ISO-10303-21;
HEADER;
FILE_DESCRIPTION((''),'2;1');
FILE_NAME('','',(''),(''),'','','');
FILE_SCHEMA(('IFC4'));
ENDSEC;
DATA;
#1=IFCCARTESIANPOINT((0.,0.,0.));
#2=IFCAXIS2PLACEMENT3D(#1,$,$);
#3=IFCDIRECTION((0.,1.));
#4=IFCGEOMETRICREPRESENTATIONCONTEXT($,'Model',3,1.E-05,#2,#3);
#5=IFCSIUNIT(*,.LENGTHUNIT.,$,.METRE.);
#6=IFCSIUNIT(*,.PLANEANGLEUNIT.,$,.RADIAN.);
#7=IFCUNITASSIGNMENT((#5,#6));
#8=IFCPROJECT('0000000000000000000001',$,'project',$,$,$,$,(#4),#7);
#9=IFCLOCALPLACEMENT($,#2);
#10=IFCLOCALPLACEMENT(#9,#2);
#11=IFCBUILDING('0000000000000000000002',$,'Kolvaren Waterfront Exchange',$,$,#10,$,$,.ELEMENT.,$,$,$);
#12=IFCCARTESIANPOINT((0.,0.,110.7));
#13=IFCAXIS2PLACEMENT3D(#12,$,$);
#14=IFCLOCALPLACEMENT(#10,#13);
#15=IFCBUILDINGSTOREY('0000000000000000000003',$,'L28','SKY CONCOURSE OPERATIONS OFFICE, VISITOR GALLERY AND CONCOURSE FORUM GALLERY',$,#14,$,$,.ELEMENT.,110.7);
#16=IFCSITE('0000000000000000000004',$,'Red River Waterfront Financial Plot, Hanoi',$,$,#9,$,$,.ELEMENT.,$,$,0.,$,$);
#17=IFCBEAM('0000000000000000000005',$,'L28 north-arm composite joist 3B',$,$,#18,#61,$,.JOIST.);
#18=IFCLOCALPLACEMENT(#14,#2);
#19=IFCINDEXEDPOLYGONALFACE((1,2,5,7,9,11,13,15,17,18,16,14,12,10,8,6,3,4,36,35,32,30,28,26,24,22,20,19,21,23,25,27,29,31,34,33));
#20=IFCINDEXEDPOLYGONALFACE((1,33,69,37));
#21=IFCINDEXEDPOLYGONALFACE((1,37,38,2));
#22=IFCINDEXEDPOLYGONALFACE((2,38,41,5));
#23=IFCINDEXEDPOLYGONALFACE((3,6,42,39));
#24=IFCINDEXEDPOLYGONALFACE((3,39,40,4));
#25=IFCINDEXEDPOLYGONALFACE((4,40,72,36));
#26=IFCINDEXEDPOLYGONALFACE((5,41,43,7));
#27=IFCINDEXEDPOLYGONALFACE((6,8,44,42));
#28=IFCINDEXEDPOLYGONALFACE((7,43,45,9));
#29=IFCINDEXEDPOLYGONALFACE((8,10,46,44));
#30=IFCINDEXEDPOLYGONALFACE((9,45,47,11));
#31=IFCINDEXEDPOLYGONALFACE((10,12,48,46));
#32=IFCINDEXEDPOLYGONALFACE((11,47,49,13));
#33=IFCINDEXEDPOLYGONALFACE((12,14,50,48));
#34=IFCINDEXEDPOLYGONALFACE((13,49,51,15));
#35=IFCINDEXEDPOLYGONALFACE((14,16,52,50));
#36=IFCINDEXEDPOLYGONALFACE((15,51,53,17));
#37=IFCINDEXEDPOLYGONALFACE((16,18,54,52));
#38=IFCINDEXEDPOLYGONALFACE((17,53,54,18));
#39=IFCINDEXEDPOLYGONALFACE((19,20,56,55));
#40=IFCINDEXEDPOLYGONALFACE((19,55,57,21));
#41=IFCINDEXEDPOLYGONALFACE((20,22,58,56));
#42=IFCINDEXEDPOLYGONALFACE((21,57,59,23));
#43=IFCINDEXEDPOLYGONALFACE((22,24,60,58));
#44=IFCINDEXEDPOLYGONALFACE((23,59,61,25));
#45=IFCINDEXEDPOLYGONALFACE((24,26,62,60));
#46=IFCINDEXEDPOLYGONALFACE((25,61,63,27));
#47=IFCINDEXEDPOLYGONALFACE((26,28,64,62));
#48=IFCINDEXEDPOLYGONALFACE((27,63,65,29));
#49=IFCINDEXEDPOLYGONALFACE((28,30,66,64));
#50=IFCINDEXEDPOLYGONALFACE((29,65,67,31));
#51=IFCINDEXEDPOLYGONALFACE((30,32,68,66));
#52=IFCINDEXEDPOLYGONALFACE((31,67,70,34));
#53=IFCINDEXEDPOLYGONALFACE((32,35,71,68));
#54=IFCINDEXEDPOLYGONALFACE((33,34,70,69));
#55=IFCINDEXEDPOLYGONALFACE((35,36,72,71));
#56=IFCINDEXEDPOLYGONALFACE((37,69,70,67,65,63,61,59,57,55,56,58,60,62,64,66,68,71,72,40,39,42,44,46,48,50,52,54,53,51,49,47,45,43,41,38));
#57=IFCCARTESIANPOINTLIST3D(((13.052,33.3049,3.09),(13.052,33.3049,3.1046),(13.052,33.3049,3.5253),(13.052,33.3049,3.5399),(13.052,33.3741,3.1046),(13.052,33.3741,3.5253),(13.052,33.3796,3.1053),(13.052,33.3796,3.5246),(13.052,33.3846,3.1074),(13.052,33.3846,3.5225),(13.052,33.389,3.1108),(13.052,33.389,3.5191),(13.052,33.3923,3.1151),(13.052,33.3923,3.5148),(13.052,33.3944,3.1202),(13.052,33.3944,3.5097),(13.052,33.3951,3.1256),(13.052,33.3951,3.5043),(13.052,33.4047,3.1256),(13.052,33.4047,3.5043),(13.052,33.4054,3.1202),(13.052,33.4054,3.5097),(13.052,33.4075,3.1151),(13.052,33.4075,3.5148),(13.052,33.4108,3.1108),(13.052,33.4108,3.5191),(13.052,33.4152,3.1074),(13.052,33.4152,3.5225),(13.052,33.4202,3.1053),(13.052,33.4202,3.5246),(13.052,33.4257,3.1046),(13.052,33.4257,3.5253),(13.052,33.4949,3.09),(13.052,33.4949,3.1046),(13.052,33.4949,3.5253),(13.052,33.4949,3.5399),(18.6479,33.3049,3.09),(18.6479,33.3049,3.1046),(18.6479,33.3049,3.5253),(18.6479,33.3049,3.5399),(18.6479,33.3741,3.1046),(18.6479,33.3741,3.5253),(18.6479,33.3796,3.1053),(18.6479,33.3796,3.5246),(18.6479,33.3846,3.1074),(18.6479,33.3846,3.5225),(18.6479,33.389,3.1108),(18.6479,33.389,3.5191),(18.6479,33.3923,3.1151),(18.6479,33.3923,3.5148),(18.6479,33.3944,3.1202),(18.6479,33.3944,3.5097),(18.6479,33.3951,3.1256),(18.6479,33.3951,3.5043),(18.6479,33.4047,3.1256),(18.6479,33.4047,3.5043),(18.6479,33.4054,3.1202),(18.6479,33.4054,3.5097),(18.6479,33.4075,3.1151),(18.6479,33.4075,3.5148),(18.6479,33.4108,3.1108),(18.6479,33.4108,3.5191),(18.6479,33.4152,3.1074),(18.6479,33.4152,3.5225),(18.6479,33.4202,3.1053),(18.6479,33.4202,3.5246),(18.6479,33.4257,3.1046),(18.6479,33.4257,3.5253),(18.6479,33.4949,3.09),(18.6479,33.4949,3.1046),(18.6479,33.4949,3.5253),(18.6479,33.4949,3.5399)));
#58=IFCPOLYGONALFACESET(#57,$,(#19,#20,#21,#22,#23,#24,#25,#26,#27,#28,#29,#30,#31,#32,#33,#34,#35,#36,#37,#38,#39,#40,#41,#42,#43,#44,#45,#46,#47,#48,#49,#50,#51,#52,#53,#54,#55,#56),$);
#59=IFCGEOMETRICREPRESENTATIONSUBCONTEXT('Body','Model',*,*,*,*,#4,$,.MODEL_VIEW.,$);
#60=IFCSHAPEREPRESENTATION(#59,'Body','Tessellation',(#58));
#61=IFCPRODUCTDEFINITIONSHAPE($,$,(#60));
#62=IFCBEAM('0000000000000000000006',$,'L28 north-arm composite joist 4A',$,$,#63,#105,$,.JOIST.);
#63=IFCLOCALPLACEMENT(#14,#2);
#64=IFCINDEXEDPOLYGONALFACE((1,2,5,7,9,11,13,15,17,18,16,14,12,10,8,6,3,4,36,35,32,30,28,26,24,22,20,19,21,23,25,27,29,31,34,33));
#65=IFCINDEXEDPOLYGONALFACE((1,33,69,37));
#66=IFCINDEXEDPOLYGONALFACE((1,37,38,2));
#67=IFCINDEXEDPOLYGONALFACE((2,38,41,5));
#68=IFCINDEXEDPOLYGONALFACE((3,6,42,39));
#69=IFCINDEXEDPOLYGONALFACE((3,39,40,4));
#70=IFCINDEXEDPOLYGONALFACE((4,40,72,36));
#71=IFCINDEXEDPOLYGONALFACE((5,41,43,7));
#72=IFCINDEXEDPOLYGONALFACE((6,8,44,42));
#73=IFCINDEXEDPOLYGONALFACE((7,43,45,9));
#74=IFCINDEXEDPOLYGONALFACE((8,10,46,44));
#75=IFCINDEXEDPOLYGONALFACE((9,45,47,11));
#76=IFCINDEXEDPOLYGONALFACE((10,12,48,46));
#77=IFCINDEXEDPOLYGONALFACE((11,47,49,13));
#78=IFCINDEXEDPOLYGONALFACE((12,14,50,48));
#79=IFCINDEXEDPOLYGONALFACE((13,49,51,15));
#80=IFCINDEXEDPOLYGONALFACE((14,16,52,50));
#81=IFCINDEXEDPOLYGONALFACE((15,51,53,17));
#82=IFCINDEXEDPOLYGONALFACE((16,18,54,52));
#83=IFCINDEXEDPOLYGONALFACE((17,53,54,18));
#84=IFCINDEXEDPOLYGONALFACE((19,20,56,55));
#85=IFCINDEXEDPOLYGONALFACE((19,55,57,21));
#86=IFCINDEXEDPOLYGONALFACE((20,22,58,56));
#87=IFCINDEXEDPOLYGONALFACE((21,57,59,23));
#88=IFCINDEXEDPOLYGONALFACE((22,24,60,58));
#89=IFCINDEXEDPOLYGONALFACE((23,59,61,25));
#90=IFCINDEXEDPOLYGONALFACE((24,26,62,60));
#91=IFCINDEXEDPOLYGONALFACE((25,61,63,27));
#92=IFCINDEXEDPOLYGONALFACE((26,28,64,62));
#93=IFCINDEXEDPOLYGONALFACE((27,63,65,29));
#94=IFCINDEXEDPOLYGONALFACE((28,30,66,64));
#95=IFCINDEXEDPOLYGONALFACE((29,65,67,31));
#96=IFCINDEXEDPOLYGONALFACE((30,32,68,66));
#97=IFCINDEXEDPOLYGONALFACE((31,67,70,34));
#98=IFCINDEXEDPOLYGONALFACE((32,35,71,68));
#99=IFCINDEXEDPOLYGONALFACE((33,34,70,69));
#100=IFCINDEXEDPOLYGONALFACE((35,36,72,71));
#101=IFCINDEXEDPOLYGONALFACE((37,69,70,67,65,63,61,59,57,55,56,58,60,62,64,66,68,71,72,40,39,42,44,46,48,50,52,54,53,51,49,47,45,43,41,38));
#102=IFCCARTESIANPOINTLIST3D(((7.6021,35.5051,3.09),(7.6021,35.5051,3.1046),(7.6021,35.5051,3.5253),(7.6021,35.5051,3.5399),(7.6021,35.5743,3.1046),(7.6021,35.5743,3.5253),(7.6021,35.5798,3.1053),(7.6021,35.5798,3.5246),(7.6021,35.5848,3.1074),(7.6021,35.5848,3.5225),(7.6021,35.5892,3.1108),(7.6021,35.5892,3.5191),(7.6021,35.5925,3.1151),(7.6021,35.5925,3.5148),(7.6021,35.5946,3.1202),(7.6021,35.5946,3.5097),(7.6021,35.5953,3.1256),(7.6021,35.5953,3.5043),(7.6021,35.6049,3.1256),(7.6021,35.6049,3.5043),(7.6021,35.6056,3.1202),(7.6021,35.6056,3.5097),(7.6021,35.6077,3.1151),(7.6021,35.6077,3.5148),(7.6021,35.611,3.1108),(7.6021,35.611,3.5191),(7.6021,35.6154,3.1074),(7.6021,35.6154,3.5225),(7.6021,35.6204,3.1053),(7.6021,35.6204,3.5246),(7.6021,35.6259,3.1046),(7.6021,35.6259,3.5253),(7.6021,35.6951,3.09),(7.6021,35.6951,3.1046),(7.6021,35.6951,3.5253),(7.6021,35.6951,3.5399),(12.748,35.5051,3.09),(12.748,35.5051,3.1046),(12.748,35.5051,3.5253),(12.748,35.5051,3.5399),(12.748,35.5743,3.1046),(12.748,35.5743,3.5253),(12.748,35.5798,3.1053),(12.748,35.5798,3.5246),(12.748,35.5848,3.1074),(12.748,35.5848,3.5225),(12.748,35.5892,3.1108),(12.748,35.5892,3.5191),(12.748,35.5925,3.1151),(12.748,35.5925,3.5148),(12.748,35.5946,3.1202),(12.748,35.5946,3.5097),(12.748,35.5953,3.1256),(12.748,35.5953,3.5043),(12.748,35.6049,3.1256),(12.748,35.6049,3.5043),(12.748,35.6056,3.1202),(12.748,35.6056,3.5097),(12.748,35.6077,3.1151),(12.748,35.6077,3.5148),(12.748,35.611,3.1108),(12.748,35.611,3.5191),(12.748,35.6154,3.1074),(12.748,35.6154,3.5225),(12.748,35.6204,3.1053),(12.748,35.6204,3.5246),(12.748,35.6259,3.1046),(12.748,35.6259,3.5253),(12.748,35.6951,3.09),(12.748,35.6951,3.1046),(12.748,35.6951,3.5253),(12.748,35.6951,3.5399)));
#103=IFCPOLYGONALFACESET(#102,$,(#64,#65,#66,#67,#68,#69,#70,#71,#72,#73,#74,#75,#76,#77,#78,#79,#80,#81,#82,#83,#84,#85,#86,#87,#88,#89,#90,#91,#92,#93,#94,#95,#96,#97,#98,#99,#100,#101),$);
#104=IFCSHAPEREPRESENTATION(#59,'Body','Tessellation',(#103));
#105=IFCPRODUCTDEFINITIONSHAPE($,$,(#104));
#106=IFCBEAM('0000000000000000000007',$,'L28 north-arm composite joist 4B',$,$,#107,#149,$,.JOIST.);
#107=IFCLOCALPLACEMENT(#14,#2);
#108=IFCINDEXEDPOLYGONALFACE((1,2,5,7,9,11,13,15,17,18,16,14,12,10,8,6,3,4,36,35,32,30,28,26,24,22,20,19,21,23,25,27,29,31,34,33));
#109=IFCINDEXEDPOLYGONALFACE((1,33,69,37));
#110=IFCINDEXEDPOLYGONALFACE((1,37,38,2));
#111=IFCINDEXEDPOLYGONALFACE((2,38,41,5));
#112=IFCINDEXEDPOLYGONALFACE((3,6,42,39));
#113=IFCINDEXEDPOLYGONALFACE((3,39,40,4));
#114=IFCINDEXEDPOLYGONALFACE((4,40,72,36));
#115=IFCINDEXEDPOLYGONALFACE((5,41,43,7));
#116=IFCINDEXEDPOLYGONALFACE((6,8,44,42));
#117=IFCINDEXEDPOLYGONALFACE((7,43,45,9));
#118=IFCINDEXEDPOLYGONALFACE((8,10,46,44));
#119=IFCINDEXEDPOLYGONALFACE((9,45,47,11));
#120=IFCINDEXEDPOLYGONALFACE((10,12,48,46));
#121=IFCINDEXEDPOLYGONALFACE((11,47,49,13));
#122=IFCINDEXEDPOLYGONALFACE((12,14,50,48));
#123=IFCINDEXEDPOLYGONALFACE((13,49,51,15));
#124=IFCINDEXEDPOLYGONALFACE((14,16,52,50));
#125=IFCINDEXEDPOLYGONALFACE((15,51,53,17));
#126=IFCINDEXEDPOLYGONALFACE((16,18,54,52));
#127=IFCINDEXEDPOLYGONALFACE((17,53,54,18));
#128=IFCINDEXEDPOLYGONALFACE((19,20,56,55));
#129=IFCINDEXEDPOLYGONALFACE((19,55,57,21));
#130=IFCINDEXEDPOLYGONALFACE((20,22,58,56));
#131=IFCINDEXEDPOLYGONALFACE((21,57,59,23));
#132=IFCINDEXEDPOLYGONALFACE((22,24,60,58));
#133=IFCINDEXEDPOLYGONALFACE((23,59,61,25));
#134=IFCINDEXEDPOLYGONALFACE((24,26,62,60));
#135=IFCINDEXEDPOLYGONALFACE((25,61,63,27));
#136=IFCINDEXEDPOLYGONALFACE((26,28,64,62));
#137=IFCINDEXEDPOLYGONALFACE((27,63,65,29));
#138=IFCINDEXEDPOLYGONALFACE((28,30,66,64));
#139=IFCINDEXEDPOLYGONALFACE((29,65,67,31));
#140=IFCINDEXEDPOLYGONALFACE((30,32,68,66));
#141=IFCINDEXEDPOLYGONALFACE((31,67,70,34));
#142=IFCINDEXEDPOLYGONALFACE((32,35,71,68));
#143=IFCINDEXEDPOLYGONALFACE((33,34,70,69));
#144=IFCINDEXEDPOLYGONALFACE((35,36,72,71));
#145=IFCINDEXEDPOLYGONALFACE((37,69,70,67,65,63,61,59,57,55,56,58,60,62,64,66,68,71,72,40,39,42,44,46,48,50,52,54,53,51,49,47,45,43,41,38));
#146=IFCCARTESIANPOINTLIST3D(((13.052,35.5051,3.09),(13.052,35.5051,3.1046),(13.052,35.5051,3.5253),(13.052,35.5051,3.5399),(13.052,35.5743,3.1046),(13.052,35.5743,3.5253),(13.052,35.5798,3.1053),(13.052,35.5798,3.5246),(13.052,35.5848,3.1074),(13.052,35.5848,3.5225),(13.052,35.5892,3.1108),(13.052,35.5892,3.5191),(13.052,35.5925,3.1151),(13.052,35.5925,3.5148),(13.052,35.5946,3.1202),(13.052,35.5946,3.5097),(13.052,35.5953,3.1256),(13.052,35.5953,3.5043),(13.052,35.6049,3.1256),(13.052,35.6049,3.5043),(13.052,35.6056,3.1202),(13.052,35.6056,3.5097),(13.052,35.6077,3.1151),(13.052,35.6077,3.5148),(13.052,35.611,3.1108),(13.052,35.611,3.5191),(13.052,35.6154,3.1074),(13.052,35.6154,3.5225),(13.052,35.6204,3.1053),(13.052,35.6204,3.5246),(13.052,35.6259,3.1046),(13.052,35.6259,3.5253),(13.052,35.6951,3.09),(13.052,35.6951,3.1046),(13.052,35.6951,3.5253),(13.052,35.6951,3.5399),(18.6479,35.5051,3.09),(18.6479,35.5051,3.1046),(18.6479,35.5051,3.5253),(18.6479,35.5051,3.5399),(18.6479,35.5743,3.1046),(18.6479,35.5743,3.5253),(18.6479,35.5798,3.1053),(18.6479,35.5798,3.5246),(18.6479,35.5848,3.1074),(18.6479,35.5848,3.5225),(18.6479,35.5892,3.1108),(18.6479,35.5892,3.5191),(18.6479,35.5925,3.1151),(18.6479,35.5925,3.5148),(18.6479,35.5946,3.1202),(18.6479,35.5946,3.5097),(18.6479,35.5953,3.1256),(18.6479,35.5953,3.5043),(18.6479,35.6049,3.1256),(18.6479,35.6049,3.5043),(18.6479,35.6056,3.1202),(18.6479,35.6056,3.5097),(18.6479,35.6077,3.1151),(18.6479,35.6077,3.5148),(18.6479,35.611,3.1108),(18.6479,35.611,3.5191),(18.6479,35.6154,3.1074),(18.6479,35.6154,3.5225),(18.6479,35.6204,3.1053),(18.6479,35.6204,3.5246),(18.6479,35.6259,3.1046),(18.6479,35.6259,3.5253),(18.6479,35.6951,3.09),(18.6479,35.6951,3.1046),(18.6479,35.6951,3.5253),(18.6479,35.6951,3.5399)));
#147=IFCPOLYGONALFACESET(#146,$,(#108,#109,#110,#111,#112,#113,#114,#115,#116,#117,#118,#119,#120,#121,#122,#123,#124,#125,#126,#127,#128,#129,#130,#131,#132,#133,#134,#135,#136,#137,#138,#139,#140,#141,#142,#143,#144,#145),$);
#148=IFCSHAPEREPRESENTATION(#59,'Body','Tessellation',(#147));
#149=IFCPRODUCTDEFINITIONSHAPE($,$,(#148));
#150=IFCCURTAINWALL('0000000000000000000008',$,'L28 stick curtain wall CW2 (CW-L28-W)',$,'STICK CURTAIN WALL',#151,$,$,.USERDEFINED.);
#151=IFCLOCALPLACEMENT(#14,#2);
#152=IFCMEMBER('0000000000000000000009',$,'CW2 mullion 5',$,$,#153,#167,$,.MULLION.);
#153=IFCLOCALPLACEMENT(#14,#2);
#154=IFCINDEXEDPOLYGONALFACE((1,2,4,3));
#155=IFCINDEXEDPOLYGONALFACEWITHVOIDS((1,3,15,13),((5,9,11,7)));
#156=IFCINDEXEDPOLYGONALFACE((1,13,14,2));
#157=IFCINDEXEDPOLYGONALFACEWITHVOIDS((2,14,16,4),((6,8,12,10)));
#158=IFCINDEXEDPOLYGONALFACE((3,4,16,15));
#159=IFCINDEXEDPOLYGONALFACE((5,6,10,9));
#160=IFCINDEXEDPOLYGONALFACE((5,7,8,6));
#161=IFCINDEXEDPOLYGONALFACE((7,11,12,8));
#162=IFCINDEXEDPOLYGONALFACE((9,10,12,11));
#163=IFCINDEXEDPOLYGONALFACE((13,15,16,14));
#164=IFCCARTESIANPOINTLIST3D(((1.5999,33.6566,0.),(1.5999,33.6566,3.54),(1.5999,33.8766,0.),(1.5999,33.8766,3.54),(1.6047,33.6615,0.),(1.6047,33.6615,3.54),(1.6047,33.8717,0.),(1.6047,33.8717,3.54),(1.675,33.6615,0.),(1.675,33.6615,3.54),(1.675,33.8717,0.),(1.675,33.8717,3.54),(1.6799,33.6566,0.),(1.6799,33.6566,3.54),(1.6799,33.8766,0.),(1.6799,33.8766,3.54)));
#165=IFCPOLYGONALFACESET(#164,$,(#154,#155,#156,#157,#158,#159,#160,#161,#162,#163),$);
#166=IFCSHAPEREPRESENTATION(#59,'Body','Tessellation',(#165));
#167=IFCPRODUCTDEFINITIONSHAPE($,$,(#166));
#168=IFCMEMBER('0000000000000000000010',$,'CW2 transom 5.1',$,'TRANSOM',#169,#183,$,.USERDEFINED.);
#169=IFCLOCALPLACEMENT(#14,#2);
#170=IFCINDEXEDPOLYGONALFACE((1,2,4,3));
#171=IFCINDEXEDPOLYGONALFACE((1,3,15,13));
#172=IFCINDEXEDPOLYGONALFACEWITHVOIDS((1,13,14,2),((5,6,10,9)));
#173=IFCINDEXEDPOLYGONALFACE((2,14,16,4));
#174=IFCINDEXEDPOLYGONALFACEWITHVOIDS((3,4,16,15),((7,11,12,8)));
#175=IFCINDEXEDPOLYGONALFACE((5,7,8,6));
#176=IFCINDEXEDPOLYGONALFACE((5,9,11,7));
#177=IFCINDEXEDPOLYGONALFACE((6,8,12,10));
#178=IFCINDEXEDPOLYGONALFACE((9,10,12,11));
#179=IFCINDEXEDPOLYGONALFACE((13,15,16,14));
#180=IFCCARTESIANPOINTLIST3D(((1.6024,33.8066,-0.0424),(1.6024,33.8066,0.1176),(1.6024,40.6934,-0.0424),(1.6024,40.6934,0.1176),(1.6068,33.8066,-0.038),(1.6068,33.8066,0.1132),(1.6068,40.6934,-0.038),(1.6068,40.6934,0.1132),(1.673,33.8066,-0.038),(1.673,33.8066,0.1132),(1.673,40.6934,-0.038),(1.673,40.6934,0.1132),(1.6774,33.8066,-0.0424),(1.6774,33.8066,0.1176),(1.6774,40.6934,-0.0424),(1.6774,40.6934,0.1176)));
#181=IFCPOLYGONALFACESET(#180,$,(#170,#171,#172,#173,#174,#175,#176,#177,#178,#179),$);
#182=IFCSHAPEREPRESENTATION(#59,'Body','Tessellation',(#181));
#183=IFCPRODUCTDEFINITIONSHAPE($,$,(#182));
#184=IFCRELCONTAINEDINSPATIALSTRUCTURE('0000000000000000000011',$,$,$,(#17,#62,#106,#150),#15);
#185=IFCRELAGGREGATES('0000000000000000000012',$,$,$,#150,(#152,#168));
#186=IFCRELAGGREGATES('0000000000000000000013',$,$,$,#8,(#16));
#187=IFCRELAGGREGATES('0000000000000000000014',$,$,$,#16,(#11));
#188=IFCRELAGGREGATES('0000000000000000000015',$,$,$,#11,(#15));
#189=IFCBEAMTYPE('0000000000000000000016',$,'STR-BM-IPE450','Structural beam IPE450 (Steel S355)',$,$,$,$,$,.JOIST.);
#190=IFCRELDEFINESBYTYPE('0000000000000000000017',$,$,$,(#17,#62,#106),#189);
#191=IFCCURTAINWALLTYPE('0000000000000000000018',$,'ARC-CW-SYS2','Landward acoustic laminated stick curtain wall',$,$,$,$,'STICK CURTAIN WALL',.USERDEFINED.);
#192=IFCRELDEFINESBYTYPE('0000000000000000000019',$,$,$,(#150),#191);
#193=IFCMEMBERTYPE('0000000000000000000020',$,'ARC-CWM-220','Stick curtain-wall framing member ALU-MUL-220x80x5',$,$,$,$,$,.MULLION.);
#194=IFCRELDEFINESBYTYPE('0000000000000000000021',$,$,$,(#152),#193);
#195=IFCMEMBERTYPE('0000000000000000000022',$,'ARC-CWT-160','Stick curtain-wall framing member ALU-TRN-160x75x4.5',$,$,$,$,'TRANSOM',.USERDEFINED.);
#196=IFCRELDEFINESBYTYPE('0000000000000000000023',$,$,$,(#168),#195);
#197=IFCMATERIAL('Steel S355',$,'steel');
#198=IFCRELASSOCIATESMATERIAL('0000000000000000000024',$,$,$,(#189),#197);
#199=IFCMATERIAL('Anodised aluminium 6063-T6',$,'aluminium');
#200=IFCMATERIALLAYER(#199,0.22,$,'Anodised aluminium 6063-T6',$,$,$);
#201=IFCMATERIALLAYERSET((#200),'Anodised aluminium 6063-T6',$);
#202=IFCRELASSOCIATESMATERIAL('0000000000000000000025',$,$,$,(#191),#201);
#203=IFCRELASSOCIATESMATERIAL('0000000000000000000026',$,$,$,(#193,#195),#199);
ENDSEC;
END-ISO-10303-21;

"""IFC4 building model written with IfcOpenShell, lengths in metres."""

from ifc_helpers import new_model, si_unit, direction, frame, origin, origin_with_axes, origin_2d, place, context, subcontext, project, spatial, hollow_rectangle, i_section, extrude, source, transform, mapped, material, layer, layer_set, material_profile, profile_set, type_object, element, aggregate, save


model = new_model("IFC4")

# Units and contexts
model_context = context("Model", 3, precision=1e-05, world=origin(), true_north=direction((0.0, 1.0)))
body_context = subcontext(model_context, "Body", "Model", "MODEL_VIEW")
ifc_project = project(units=[si_unit("LENGTHUNIT", "METRE"), si_unit("PLANEANGLEUNIT", "RADIAN")], contexts=[model_context])

# Site, building, storey
site_placement = place(None, origin())
site = spatial("IfcSite", under=ifc_project, at=site_placement, Name="Red River Waterfront Financial Plot, Hanoi", CompositionType="ELEMENT", RefElevation=0.0)
building_placement = place(site_placement, origin())
building = spatial("IfcBuilding", under=site, at=building_placement, Name="Kolvaren Waterfront Exchange", CompositionType="ELEMENT")
storey_placement = place(building_placement, frame((0.0, 0.0, 110.7)))
storey = spatial("IfcBuildingStorey", under=building, at=storey_placement, Name="L28", Description="SKY CONCOURSE OPERATIONS OFFICE, VISITOR GALLERY AND CONCOURSE FORUM GALLERY", CompositionType="ELEMENT", Elevation=110.7)

# Beams
ifc_material_1 = material(Name="Steel S355", Category="steel")
ifc_material_profile_1 = material_profile(ifc_material_1, i_section(OverallWidth=0.1899, OverallDepth=0.45, WebThickness=0.0095, FlangeThickness=0.0146, FilletRadius=0.021, at=origin_2d()), Name="IPE450")
ifc_profile_set_1 = profile_set([ifc_material_profile_1], Name="Steel S355")
beam_type_1 = type_object("IfcBeamType", Name="STR-BM-IPE450", Description="Structural beam IPE450 (Steel S355)", PredefinedType="JOIST", material=ifc_profile_set_1)
beam_1_placement = place(storey_placement, frame((13.052, 33.3999, 3.3149), z_axis=(1.0, 0.0, 0.0), x_axis=(0.0, 1.0, 0.0)))
element("IfcBeam", 1, at=beam_1_placement, inside=storey, type_object=beam_type_1, Name="L28 north-arm composite joist 3B", PredefinedType="JOIST", context=body_context, shape_type="SweptSolid", body=[
    extrude(i_section(OverallWidth=0.1899, OverallDepth=0.45, WebThickness=0.0095, FlangeThickness=0.0146, FilletRadius=0.021, at=origin_2d()), origin(), (0.0, 0.0, 1.0), 5.5959),
])
beam_2_placement = place(storey_placement, frame((7.6021, 35.6001, 3.3149), z_axis=(1.0, 0.0, 0.0), x_axis=(0.0, 1.0, 0.0)))
element("IfcBeam", 2, at=beam_2_placement, inside=storey, type_object=beam_type_1, Name="L28 north-arm composite joist 4A", PredefinedType="JOIST", context=body_context, shape_type="SweptSolid", body=[
    extrude(i_section(OverallWidth=0.1899, OverallDepth=0.45, WebThickness=0.0095, FlangeThickness=0.0146, FilletRadius=0.021, at=origin_2d()), origin(), (0.0, 0.0, 1.0), 5.146),
])
beam_3_placement = place(storey_placement, frame((13.052, 35.6001, 3.3149), z_axis=(1.0, 0.0, 0.0), x_axis=(0.0, 1.0, 0.0)))
element("IfcBeam", 3, at=beam_3_placement, inside=storey, type_object=beam_type_1, Name="L28 north-arm composite joist 4B", PredefinedType="JOIST", context=body_context, shape_type="SweptSolid", body=[
    extrude(i_section(OverallWidth=0.1899, OverallDepth=0.45, WebThickness=0.0095, FlangeThickness=0.0146, FilletRadius=0.021, at=origin_2d()), origin(), (0.0, 0.0, 1.0), 5.5959),
])

# Curtain wall, members
ifc_material_2 = material(Name="Anodised aluminium 6063-T6", Category="aluminium")
ifc_layer_1 = layer(ifc_material_2, 0.22, Name="Anodised aluminium 6063-T6")
ifc_layer_set_1 = layer_set([ifc_layer_1], Name="Anodised aluminium 6063-T6")
curtain_wall_type = type_object("IfcCurtainWallType", Name="ARC-CW-SYS2", Description="Landward acoustic laminated stick curtain wall", ElementType="STICK CURTAIN WALL", PredefinedType="USERDEFINED", material=ifc_layer_set_1)
curtain_wall_placement = place(storey_placement, origin())
curtain_wall = element("IfcCurtainWall", 4, at=curtain_wall_placement, inside=storey, type_object=curtain_wall_type, Name="L28 stick curtain wall CW2 (CW-L28-W)", ObjectType="STICK CURTAIN WALL", PredefinedType="USERDEFINED")
ifc_material_profile_2 = material_profile(ifc_material_2, hollow_rectangle(XDim=0.0801, YDim=0.22, WallThickness=0.0049, at=origin_2d()), Name="ALU-MUL-220x80x5")
ifc_profile_set_2 = profile_set([ifc_material_profile_2], Name="Anodised aluminium 6063-T6")
member_type_1 = type_object("IfcMemberType", Name="ARC-CWM-220", Description="Stick curtain-wall framing member ALU-MUL-220x80x5", PredefinedType="MULLION", material=ifc_profile_set_2)
shared_shape_1 = source(origin_with_axes(), body_context, "Body", "SweptSolid", [
    extrude(hollow_rectangle(XDim=0.0801, YDim=0.22, WallThickness=0.0049, at=origin_2d()), origin(), (0.0, 0.0, 1.0), 3.54),
])
member_1_placement = place(storey_placement, frame((1.6399, 33.7666, 0.0), z_axis=(0.0, 0.0, 1.0), x_axis=(-1.0, 0.0, 0.0)))
member_1 = element("IfcMember", 5, at=member_1_placement, type_object=member_type_1, Name="CW2 mullion 5", PredefinedType="MULLION", context=body_context, shape_type="MappedRepresentation", body=[
    mapped(shared_shape_1, transform((0.0, 0.0, 0.0), x_axis=(1.0, 0.0, 0.0), y_axis=(0.0, 1.0, 0.0), z_axis=(0.0, 0.0, 1.0), scale=1.0)),
])
ifc_material_profile_3 = material_profile(ifc_material_2, hollow_rectangle(XDim=0.075, YDim=0.1599, WallThickness=0.0044, at=origin_2d()), Name="ALU-TRN-160x75x4.5")
ifc_profile_set_3 = profile_set([ifc_material_profile_3], Name="Anodised aluminium 6063-T6")
member_type_2 = type_object("IfcMemberType", Name="ARC-CWT-160", Description="Stick curtain-wall framing member ALU-TRN-160x75x4.5", ElementType="TRANSOM", PredefinedType="USERDEFINED", material=ifc_profile_set_3)
shared_shape_2 = source(origin_with_axes(), body_context, "Body", "SweptSolid", [
    extrude(hollow_rectangle(XDim=0.075, YDim=0.1599, WallThickness=0.0044, at=origin_2d()), origin(), (0.0, 0.0, 1.0), 6.8867),
])
member_2_placement = place(storey_placement, frame((1.6399, 33.8066, 0.0376), z_axis=(0.0, 1.0, 0.0), x_axis=(-1.0, 0.0, 0.0)))
member_2 = element("IfcMember", 6, at=member_2_placement, type_object=member_type_2, Name="CW2 transom 5.1", ObjectType="TRANSOM", PredefinedType="USERDEFINED", context=body_context, shape_type="MappedRepresentation", body=[
    mapped(shared_shape_2, transform((0.0, 0.0, 0.0), x_axis=(1.0, 0.0, 0.0), y_axis=(0.0, 1.0, 0.0), z_axis=(0.0, 0.0, 1.0), scale=1.0)),
])
aggregate(curtain_wall, [member_1, member_2])

save(model, "model.ifc")
